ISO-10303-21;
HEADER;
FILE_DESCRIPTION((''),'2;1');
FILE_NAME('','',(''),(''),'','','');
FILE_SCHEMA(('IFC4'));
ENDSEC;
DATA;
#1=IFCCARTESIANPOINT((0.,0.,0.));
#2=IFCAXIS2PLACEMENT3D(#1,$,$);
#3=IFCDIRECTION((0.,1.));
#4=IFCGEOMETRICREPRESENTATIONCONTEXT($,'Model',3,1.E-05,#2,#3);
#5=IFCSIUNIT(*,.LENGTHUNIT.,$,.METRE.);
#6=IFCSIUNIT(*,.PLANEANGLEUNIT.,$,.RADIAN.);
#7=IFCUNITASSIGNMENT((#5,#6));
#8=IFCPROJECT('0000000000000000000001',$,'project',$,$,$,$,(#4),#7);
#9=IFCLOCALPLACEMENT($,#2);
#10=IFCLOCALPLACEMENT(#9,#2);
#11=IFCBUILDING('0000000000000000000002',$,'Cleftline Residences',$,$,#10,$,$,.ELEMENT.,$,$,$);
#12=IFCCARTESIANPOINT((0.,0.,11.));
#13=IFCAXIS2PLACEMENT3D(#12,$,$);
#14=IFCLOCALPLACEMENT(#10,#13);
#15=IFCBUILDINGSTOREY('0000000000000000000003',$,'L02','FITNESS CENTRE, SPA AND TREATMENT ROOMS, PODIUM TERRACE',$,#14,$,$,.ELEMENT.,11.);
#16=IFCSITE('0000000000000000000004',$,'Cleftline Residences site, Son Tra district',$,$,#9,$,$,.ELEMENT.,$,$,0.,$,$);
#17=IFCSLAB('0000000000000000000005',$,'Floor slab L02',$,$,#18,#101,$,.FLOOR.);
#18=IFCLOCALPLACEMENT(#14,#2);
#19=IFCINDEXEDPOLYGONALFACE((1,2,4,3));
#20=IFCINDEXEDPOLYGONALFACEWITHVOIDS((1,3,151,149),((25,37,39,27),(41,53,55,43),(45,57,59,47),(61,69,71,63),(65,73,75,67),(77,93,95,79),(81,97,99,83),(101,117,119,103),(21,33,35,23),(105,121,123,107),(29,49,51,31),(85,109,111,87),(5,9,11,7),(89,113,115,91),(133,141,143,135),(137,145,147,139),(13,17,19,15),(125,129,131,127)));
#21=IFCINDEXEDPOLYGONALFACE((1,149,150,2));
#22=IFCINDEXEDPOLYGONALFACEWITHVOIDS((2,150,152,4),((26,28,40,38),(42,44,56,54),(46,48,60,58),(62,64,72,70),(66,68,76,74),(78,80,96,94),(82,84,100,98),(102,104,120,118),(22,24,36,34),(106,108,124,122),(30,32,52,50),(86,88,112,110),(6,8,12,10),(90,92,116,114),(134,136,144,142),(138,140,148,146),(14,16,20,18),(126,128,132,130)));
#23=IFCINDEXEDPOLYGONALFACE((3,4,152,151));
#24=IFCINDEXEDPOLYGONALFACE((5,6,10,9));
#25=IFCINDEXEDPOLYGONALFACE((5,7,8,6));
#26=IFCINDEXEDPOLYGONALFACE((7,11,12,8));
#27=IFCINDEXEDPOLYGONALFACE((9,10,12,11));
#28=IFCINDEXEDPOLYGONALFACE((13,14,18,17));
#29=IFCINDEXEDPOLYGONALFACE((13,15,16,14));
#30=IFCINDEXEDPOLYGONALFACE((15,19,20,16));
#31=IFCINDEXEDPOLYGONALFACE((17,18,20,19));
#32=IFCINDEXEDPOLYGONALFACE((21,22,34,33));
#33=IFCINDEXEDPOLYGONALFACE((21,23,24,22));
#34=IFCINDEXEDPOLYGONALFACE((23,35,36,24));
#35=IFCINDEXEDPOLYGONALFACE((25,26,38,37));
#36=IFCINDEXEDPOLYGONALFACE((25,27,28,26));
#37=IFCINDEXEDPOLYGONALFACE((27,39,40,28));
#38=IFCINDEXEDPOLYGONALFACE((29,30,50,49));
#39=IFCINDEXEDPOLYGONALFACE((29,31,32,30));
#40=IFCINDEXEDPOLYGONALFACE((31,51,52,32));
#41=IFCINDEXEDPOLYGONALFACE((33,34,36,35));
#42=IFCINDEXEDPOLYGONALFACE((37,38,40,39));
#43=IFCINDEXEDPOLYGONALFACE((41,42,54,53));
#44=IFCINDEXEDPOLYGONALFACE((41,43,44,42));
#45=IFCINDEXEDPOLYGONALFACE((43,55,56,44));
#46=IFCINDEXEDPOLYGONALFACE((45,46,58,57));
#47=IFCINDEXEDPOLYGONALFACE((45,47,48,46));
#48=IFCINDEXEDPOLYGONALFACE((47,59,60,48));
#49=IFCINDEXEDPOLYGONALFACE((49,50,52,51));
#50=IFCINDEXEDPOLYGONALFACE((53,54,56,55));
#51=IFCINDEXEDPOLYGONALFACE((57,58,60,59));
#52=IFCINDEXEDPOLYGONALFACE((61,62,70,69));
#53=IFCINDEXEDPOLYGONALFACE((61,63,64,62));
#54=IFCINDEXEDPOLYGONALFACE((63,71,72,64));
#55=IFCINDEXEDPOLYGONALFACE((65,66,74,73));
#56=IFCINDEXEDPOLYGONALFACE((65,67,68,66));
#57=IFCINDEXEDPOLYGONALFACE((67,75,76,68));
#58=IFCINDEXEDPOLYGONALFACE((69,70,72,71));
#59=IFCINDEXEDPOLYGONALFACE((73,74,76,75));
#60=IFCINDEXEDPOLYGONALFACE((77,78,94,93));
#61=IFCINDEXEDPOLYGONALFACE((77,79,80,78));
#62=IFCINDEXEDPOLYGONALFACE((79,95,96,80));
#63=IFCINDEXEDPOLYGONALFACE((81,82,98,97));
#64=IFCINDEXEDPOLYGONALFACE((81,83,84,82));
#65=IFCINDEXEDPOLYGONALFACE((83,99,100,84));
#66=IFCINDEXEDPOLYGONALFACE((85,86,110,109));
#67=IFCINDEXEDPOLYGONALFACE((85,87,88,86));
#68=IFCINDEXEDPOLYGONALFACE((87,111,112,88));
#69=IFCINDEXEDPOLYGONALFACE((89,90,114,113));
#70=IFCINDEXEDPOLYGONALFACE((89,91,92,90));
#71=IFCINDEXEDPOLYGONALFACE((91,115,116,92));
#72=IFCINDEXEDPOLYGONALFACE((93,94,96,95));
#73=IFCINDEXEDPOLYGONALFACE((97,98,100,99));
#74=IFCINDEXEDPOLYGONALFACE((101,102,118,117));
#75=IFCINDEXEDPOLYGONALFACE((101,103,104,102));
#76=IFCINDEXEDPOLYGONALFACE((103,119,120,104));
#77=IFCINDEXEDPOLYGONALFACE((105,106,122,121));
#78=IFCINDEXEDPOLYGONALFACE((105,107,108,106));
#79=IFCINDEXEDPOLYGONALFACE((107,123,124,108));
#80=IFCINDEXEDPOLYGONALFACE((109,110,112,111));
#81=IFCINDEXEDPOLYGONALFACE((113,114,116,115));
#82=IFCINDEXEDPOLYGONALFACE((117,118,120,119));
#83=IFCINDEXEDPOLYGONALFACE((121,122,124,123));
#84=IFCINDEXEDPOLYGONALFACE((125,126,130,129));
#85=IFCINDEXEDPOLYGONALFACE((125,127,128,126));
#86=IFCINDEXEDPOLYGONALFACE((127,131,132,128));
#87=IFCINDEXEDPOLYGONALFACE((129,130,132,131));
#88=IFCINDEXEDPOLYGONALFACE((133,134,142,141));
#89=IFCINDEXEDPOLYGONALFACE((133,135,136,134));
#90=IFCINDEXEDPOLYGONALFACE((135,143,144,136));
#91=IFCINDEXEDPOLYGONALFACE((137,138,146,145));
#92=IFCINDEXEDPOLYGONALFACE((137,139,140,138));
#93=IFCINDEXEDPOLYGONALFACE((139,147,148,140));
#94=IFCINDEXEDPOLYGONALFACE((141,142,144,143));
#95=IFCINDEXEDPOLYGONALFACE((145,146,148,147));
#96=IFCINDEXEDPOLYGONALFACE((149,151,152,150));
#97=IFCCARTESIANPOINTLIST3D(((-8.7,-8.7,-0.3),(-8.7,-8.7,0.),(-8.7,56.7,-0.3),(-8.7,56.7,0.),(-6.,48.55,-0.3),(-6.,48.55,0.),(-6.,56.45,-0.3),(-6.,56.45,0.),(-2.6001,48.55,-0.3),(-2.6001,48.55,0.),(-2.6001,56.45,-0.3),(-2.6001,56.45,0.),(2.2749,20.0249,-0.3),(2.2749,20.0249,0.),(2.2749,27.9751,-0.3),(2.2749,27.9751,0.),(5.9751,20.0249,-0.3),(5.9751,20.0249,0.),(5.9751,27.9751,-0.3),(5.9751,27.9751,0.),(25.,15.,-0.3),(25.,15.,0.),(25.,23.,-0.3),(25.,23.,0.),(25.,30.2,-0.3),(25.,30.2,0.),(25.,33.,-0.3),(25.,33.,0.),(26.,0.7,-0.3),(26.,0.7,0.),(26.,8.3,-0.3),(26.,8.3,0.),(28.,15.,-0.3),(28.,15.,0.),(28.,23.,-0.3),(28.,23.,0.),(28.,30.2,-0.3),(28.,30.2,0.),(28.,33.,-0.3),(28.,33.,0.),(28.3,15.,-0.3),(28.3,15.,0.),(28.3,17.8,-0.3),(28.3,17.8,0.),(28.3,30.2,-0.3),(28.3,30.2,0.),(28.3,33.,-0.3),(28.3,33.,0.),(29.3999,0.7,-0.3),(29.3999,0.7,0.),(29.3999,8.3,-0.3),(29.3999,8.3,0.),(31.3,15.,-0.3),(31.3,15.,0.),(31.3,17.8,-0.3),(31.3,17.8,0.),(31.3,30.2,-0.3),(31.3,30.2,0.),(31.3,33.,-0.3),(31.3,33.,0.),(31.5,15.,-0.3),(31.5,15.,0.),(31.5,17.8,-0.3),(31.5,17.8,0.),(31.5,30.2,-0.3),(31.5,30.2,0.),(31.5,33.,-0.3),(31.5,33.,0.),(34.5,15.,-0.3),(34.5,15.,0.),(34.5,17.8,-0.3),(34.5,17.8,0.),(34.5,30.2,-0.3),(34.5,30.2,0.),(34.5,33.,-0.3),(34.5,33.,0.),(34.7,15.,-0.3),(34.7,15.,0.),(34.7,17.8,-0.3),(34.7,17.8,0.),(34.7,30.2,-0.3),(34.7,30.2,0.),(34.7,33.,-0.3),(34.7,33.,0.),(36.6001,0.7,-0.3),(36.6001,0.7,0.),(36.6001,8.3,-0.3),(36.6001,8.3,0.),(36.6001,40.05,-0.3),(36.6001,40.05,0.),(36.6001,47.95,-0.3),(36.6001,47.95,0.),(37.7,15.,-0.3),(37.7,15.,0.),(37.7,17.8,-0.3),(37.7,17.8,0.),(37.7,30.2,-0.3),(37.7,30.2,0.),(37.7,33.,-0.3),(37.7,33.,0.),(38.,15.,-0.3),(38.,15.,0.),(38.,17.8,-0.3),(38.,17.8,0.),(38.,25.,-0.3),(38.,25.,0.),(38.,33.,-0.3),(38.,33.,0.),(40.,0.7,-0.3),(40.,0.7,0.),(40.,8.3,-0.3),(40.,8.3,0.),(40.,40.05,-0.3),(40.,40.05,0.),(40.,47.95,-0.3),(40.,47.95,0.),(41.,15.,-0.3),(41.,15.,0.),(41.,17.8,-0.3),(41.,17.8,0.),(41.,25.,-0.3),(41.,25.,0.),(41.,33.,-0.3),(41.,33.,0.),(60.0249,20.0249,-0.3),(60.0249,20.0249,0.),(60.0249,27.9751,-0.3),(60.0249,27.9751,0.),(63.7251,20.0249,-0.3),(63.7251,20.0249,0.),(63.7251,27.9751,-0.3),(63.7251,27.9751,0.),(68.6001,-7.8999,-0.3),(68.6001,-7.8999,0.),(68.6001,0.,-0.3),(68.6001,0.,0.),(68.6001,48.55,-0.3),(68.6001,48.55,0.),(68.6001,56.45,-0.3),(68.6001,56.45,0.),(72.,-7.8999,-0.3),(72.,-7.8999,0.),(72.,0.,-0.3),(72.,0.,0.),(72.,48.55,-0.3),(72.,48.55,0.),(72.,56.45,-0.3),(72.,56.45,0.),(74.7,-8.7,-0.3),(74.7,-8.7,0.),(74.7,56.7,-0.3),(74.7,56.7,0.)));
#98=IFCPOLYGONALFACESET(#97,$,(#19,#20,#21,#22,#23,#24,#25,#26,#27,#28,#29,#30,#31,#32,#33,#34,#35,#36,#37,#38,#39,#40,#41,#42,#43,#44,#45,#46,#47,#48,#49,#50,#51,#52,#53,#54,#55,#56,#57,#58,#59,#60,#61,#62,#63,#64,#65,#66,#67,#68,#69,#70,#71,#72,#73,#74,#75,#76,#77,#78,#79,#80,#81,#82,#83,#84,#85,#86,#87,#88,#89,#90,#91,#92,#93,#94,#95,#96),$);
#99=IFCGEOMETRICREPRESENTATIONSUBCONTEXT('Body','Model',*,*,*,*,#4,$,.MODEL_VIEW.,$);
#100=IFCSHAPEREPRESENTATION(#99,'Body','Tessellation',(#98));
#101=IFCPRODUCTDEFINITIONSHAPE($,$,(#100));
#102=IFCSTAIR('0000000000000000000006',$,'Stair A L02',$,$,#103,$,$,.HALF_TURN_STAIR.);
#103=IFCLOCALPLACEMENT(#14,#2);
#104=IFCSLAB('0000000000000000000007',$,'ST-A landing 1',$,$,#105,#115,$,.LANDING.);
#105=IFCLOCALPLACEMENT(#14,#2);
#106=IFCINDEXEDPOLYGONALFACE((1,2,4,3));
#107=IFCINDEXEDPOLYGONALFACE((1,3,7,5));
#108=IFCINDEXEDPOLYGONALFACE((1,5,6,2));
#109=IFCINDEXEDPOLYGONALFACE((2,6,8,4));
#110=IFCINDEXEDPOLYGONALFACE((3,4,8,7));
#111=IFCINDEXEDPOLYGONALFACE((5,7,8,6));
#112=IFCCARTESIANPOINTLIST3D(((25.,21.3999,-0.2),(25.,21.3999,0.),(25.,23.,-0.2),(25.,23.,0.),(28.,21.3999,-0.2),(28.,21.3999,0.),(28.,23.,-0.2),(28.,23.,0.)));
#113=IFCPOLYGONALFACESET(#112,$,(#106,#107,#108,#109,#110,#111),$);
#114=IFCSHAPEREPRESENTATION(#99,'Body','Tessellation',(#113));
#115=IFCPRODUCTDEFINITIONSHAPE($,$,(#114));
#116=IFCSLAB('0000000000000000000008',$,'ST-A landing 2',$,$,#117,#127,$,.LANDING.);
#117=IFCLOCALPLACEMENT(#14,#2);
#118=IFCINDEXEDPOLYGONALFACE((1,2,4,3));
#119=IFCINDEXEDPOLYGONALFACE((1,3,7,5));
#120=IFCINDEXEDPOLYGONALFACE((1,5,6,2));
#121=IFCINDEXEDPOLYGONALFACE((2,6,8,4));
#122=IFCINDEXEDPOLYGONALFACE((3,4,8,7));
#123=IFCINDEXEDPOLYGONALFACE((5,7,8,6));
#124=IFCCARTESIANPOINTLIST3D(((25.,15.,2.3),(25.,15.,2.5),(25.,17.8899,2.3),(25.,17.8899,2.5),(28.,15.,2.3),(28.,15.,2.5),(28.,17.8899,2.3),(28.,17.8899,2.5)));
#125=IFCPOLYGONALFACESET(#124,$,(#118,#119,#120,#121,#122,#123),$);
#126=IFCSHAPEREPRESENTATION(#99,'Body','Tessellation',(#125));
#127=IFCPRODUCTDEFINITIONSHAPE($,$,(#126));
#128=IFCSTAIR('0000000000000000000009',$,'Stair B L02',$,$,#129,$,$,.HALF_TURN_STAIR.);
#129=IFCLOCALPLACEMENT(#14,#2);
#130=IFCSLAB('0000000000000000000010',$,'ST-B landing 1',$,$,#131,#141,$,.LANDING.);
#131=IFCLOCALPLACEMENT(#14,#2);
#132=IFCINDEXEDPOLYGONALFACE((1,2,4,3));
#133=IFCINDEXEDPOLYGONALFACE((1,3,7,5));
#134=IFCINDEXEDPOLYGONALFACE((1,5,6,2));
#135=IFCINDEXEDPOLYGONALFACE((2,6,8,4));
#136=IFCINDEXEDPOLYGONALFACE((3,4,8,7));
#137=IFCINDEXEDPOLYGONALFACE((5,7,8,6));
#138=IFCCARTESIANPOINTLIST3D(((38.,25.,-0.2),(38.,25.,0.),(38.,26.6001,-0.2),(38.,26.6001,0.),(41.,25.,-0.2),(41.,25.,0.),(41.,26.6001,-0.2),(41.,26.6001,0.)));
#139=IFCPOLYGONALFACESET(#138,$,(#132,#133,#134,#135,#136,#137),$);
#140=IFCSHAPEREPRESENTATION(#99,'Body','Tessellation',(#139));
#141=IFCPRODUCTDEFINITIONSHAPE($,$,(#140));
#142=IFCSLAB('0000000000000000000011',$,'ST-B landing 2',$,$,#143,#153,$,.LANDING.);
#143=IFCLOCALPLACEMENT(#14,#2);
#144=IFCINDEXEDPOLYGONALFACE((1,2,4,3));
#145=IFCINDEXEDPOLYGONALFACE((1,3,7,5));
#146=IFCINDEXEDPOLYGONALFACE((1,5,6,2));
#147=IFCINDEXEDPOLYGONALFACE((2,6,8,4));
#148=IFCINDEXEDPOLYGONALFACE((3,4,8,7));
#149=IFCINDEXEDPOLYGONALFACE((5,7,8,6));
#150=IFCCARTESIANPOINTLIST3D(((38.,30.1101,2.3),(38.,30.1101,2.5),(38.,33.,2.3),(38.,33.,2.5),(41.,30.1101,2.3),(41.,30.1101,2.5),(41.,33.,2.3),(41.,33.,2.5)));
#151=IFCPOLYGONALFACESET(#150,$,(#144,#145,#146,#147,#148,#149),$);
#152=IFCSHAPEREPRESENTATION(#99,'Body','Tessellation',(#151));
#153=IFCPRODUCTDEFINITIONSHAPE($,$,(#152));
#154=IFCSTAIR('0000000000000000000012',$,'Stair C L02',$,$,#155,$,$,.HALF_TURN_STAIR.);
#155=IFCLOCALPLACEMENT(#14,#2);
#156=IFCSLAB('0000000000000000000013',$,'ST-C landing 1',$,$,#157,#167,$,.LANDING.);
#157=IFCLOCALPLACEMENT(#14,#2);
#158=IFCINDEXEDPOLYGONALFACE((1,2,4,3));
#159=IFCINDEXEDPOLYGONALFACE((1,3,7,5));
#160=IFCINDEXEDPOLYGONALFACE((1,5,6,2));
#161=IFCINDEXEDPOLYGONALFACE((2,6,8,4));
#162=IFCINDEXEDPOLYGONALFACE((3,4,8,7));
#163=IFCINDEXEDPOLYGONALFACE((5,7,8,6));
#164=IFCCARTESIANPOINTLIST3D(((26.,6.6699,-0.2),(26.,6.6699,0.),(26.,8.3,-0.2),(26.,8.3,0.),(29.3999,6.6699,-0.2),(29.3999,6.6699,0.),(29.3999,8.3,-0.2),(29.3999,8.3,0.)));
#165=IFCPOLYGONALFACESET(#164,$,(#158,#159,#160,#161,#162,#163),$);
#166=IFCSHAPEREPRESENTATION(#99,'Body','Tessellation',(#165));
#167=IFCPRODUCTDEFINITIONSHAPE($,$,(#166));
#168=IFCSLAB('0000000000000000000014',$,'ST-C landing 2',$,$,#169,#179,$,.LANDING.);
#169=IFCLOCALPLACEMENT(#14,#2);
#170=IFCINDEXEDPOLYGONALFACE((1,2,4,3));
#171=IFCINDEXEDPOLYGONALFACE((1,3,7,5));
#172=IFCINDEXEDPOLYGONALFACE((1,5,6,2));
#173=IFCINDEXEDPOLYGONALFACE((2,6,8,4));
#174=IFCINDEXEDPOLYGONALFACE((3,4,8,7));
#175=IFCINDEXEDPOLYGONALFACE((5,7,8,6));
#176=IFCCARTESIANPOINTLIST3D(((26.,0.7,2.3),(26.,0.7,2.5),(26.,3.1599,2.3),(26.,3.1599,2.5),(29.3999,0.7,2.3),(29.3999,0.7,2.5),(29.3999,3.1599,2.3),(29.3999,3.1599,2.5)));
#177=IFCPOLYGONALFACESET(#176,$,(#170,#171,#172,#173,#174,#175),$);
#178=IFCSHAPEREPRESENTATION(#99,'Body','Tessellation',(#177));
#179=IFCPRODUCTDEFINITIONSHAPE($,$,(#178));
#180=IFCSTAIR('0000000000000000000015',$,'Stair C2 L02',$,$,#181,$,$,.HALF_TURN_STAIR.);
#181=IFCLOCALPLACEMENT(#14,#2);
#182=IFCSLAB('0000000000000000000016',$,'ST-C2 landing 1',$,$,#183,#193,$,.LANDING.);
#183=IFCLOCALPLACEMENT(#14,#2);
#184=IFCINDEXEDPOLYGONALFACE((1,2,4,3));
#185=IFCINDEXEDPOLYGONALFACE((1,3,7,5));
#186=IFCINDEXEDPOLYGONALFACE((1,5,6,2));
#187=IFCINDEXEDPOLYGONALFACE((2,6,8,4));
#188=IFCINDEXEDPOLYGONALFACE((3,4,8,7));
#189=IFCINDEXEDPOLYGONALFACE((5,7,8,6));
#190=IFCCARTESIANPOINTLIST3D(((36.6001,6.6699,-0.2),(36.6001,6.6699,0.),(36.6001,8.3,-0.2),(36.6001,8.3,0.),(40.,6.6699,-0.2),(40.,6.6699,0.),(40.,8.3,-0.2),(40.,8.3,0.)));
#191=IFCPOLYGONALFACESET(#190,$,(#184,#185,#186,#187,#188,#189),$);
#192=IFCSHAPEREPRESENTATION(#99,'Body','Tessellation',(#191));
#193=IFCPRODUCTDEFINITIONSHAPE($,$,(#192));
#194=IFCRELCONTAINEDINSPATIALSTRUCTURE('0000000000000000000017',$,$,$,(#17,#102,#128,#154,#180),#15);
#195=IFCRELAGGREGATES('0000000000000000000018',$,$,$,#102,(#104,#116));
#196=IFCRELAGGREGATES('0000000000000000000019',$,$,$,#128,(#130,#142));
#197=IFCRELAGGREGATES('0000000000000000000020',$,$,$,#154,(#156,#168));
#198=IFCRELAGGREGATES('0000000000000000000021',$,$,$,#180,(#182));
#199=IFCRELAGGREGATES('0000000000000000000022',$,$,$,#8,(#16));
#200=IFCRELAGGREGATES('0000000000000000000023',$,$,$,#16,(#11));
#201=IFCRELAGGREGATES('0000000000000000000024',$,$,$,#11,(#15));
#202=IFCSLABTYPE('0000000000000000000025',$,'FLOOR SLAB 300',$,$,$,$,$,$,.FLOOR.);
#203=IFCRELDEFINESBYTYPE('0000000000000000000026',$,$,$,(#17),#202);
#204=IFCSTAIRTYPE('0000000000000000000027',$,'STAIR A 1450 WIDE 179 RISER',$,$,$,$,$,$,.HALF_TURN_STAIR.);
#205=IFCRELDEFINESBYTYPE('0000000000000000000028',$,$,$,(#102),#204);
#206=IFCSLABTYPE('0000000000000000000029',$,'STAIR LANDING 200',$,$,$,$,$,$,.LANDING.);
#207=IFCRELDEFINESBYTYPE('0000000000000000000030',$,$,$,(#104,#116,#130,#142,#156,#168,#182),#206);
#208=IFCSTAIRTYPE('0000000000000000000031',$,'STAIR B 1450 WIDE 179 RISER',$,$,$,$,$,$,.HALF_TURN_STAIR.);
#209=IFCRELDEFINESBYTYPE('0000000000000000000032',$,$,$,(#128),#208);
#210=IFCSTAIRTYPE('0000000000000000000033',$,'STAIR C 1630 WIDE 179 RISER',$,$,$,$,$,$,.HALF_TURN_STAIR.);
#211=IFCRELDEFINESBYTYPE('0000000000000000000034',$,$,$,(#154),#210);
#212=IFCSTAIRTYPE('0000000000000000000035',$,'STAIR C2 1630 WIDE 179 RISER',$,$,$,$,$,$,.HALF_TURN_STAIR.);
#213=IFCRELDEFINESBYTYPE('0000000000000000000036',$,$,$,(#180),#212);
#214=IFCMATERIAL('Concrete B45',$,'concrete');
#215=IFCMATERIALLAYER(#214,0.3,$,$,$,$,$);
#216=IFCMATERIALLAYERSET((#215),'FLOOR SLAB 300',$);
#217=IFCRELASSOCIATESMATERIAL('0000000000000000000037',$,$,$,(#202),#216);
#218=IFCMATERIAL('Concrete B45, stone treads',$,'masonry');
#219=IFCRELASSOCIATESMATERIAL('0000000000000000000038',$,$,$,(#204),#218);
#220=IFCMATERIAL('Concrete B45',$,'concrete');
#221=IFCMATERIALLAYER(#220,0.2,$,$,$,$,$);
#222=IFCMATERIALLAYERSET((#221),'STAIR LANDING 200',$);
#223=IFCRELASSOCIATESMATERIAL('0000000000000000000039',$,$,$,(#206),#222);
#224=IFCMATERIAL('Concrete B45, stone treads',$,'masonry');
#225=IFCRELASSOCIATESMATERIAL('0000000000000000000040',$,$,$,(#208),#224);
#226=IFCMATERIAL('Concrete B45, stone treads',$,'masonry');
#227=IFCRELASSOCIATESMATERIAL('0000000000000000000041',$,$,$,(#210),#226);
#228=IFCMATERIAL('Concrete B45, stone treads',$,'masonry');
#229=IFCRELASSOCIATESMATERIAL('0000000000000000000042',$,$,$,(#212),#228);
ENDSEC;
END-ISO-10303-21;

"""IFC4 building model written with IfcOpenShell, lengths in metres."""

from ifc_helpers import new_model, si_unit, direction, frame, origin, place, context, subcontext, project, spatial, polyline, outline, extrude, material, layer, layer_set, type_object, element, aggregate, save


model = new_model("IFC4")

# Units and contexts
model_context = context("Model", 3, precision=1e-05, world=origin(), true_north=direction((0.0, 1.0)))
body_context = subcontext(model_context, "Body", "Model", "MODEL_VIEW")
ifc_project = project(units=[si_unit("LENGTHUNIT", "METRE"), si_unit("PLANEANGLEUNIT", "RADIAN")], contexts=[model_context])

# Site, building, storey
site_placement = place(None, origin())
site = spatial("IfcSite", under=ifc_project, at=site_placement, Name="Cleftline Residences site, Son Tra district", CompositionType="ELEMENT", RefElevation=0.0)
building_placement = place(site_placement, origin())
building = spatial("IfcBuilding", under=site, at=building_placement, Name="Cleftline Residences", CompositionType="ELEMENT")
storey_placement = place(building_placement, frame((0.0, 0.0, 11.0)))
storey = spatial("IfcBuildingStorey", under=building, at=storey_placement, Name="L02", Description="FITNESS CENTRE, SPA AND TREATMENT ROOMS, PODIUM TERRACE", CompositionType="ELEMENT", Elevation=11.0)

# Slab
ifc_material_1 = material(Name="Concrete B45", Category="concrete")
ifc_layer_1 = layer(ifc_material_1, 0.3)
ifc_layer_set_1 = layer_set([ifc_layer_1], Name="FLOOR SLAB 300")
slab_type_1 = type_object("IfcSlabType", Name="FLOOR SLAB 300", PredefinedType="FLOOR", material=ifc_layer_set_1)
slab_1_placement = place(storey_placement, frame((0.0, 0.0, -0.3)))
element("IfcSlab", 1, at=slab_1_placement, inside=storey, type_object=slab_type_1, Name="Floor slab L02", PredefinedType="FLOOR", context=body_context, shape_type="SweptSolid", body=[
    extrude(outline(polyline([(74.7, 56.7), (-8.7, 56.7), (-8.7, -8.7), (74.7, -8.7), (74.7, 56.7)]), holes=[polyline([(28.0, 15.0), (28.0, 23.0), (25.0, 23.0), (25.0, 15.0), (28.0, 15.0)]), polyline([(41.0, 25.0), (41.0, 33.0), (38.0, 33.0), (38.0, 25.0), (41.0, 25.0)]), polyline([(28.0, 30.2), (28.0, 33.0), (25.0, 33.0), (25.0, 30.2), (28.0, 30.2)]), polyline([(41.0, 15.0), (41.0, 17.8), (38.0, 17.8), (38.0, 15.0), (41.0, 15.0)]), polyline([(31.3, 15.0), (31.3, 17.8), (28.3, 17.8), (28.3, 15.0), (31.3, 15.0)]), polyline([(34.5, 15.0), (34.5, 17.8), (31.5, 17.8), (31.5, 15.0), (34.5, 15.0)]), polyline([(37.7, 15.0), (37.7, 17.8), (34.7, 17.8), (34.7, 15.0), (37.7, 15.0)]), polyline([(31.3, 30.2), (31.3, 33.0), (28.3, 33.0), (28.3, 30.2), (31.3, 30.2)]), polyline([(34.5, 30.2), (34.5, 33.0), (31.5, 33.0), (31.5, 30.2), (34.5, 30.2)]), polyline([(37.7, 30.2), (37.7, 33.0), (34.7, 33.0), (34.7, 30.2), (37.7, 30.2)]), polyline([(29.3999, 0.7), (29.3999, 8.3), (26.0, 8.3), (26.0, 0.7), (29.3999, 0.7)]), polyline([(40.0, 0.7), (40.0, 8.3), (36.6001, 8.3), (36.6001, 0.7), (40.0, 0.7)]), polyline([(40.0, 40.05), (40.0, 47.95), (36.6001, 47.95), (36.6001, 40.05), (40.0, 40.05)]), polyline([(63.7251, 20.0249), (63.7251, 27.9751), (60.0249, 27.9751), (60.0249, 20.0249), (63.7251, 20.0249)]), polyline([(72.0, 48.55), (72.0, 56.45), (68.6001, 56.45), (68.6001, 48.55), (72.0, 48.55)]), polyline([(72.0, -7.8999), (72.0, 0.0), (68.6001, 0.0), (68.6001, -7.8999), (72.0, -7.8999)]), polyline([(-2.6001, 48.55), (-2.6001, 56.45), (-6.0, 56.45), (-6.0, 48.55), (-2.6001, 48.55)]), polyline([(5.9751, 20.0249), (5.9751, 27.9751), (2.2749, 27.9751), (2.2749, 20.0249), (5.9751, 20.0249)])]), origin(), (0.0, 0.0, 1.0), 0.3),
])

# Stairs, slabs
ifc_material_2 = material(Name="Concrete B45, stone treads", Category="masonry")
stair_type_1 = type_object("IfcStairType", Name="STAIR A 1450 WIDE 179 RISER", PredefinedType="HALF_TURN_STAIR", material=ifc_material_2)
stair_1_placement = place(storey_placement, origin())
stair_1 = element("IfcStair", 2, at=stair_1_placement, inside=storey, type_object=stair_type_1, Name="Stair A L02", PredefinedType="HALF_TURN_STAIR")
ifc_material_3 = material(Name="Concrete B45", Category="concrete")
ifc_layer_2 = layer(ifc_material_3, 0.2)
ifc_layer_set_2 = layer_set([ifc_layer_2], Name="STAIR LANDING 200")
slab_type_2 = type_object("IfcSlabType", Name="STAIR LANDING 200", PredefinedType="LANDING", material=ifc_layer_set_2)
slab_2_placement = place(storey_placement, frame((0.0, 0.0, -0.2)))
slab_2 = element("IfcSlab", 3, at=slab_2_placement, type_object=slab_type_2, Name="ST-A landing 1", PredefinedType="LANDING", context=body_context, shape_type="SweptSolid", body=[
    extrude(outline(polyline([(25.0, 21.3999), (28.0, 21.3999), (28.0, 23.0), (25.0, 23.0), (25.0, 21.3999)])), origin(), (0.0, 0.0, 1.0), 0.2),
])
slab_3_placement = place(storey_placement, frame((0.0, 0.0, 2.3)))
slab_3 = element("IfcSlab", 4, at=slab_3_placement, type_object=slab_type_2, Name="ST-A landing 2", PredefinedType="LANDING", context=body_context, shape_type="SweptSolid", body=[
    extrude(outline(polyline([(25.0, 15.0), (28.0, 15.0), (28.0, 17.8899), (25.0, 17.8899), (25.0, 15.0)])), origin(), (0.0, 0.0, 1.0), 0.2),
])
aggregate(stair_1, [slab_2, slab_3])
ifc_material_4 = material(Name="Concrete B45, stone treads", Category="masonry")
stair_type_2 = type_object("IfcStairType", Name="STAIR B 1450 WIDE 179 RISER", PredefinedType="HALF_TURN_STAIR", material=ifc_material_4)
stair_2_placement = place(storey_placement, origin())
stair_2 = element("IfcStair", 5, at=stair_2_placement, inside=storey, type_object=stair_type_2, Name="Stair B L02", PredefinedType="HALF_TURN_STAIR")
slab_4_placement = place(storey_placement, frame((0.0, 0.0, -0.2)))
slab_4 = element("IfcSlab", 6, at=slab_4_placement, type_object=slab_type_2, Name="ST-B landing 1", PredefinedType="LANDING", context=body_context, shape_type="SweptSolid", body=[
    extrude(outline(polyline([(38.0, 25.0), (41.0, 25.0), (41.0, 26.6001), (38.0, 26.6001), (38.0, 25.0)])), origin(), (0.0, 0.0, 1.0), 0.2),
])
slab_5_placement = place(storey_placement, frame((0.0, 0.0, 2.3)))
slab_5 = element("IfcSlab", 7, at=slab_5_placement, type_object=slab_type_2, Name="ST-B landing 2", PredefinedType="LANDING", context=body_context, shape_type="SweptSolid", body=[
    extrude(outline(polyline([(38.0, 30.1101), (41.0, 30.1101), (41.0, 33.0), (38.0, 33.0), (38.0, 30.1101)])), origin(), (0.0, 0.0, 1.0), 0.2),
])
aggregate(stair_2, [slab_4, slab_5])
ifc_material_5 = material(Name="Concrete B45, stone treads", Category="masonry")
stair_type_3 = type_object("IfcStairType", Name="STAIR C 1630 WIDE 179 RISER", PredefinedType="HALF_TURN_STAIR", material=ifc_material_5)
stair_3_placement = place(storey_placement, origin())
stair_3 = element("IfcStair", 8, at=stair_3_placement, inside=storey, type_object=stair_type_3, Name="Stair C L02", PredefinedType="HALF_TURN_STAIR")
slab_6_placement = place(storey_placement, frame((0.0, 0.0, -0.2)))
slab_6 = element("IfcSlab", 9, at=slab_6_placement, type_object=slab_type_2, Name="ST-C landing 1", PredefinedType="LANDING", context=body_context, shape_type="SweptSolid", body=[
    extrude(outline(polyline([(26.0, 6.6699), (29.3999, 6.6699), (29.3999, 8.3), (26.0, 8.3), (26.0, 6.6699)])), origin(), (0.0, 0.0, 1.0), 0.2),
])
slab_7_placement = place(storey_placement, frame((0.0, 0.0, 2.3)))
slab_7 = element("IfcSlab", 10, at=slab_7_placement, type_object=slab_type_2, Name="ST-C landing 2", PredefinedType="LANDING", context=body_context, shape_type="SweptSolid", body=[
    extrude(outline(polyline([(26.0, 0.7), (29.3999, 0.7), (29.3999, 3.1599), (26.0, 3.1599), (26.0, 0.7)])), origin(), (0.0, 0.0, 1.0), 0.2),
])
aggregate(stair_3, [slab_6, slab_7])
ifc_material_6 = material(Name="Concrete B45, stone treads", Category="masonry")
stair_type_4 = type_object("IfcStairType", Name="STAIR C2 1630 WIDE 179 RISER", PredefinedType="HALF_TURN_STAIR", material=ifc_material_6)
stair_4_placement = place(storey_placement, origin())
stair_4 = element("IfcStair", 11, at=stair_4_placement, inside=storey, type_object=stair_type_4, Name="Stair C2 L02", PredefinedType="HALF_TURN_STAIR")
slab_8_placement = place(storey_placement, frame((0.0, 0.0, -0.2)))
slab_8 = element("IfcSlab", 12, at=slab_8_placement, type_object=slab_type_2, Name="ST-C2 landing 1", PredefinedType="LANDING", context=body_context, shape_type="SweptSolid", body=[
    extrude(outline(polyline([(36.6001, 6.6699), (40.0, 6.6699), (40.0, 8.3), (36.6001, 8.3), (36.6001, 6.6699)])), origin(), (0.0, 0.0, 1.0), 0.2),
])
aggregate(stair_4, [slab_8])

save(model, "model.ifc")
